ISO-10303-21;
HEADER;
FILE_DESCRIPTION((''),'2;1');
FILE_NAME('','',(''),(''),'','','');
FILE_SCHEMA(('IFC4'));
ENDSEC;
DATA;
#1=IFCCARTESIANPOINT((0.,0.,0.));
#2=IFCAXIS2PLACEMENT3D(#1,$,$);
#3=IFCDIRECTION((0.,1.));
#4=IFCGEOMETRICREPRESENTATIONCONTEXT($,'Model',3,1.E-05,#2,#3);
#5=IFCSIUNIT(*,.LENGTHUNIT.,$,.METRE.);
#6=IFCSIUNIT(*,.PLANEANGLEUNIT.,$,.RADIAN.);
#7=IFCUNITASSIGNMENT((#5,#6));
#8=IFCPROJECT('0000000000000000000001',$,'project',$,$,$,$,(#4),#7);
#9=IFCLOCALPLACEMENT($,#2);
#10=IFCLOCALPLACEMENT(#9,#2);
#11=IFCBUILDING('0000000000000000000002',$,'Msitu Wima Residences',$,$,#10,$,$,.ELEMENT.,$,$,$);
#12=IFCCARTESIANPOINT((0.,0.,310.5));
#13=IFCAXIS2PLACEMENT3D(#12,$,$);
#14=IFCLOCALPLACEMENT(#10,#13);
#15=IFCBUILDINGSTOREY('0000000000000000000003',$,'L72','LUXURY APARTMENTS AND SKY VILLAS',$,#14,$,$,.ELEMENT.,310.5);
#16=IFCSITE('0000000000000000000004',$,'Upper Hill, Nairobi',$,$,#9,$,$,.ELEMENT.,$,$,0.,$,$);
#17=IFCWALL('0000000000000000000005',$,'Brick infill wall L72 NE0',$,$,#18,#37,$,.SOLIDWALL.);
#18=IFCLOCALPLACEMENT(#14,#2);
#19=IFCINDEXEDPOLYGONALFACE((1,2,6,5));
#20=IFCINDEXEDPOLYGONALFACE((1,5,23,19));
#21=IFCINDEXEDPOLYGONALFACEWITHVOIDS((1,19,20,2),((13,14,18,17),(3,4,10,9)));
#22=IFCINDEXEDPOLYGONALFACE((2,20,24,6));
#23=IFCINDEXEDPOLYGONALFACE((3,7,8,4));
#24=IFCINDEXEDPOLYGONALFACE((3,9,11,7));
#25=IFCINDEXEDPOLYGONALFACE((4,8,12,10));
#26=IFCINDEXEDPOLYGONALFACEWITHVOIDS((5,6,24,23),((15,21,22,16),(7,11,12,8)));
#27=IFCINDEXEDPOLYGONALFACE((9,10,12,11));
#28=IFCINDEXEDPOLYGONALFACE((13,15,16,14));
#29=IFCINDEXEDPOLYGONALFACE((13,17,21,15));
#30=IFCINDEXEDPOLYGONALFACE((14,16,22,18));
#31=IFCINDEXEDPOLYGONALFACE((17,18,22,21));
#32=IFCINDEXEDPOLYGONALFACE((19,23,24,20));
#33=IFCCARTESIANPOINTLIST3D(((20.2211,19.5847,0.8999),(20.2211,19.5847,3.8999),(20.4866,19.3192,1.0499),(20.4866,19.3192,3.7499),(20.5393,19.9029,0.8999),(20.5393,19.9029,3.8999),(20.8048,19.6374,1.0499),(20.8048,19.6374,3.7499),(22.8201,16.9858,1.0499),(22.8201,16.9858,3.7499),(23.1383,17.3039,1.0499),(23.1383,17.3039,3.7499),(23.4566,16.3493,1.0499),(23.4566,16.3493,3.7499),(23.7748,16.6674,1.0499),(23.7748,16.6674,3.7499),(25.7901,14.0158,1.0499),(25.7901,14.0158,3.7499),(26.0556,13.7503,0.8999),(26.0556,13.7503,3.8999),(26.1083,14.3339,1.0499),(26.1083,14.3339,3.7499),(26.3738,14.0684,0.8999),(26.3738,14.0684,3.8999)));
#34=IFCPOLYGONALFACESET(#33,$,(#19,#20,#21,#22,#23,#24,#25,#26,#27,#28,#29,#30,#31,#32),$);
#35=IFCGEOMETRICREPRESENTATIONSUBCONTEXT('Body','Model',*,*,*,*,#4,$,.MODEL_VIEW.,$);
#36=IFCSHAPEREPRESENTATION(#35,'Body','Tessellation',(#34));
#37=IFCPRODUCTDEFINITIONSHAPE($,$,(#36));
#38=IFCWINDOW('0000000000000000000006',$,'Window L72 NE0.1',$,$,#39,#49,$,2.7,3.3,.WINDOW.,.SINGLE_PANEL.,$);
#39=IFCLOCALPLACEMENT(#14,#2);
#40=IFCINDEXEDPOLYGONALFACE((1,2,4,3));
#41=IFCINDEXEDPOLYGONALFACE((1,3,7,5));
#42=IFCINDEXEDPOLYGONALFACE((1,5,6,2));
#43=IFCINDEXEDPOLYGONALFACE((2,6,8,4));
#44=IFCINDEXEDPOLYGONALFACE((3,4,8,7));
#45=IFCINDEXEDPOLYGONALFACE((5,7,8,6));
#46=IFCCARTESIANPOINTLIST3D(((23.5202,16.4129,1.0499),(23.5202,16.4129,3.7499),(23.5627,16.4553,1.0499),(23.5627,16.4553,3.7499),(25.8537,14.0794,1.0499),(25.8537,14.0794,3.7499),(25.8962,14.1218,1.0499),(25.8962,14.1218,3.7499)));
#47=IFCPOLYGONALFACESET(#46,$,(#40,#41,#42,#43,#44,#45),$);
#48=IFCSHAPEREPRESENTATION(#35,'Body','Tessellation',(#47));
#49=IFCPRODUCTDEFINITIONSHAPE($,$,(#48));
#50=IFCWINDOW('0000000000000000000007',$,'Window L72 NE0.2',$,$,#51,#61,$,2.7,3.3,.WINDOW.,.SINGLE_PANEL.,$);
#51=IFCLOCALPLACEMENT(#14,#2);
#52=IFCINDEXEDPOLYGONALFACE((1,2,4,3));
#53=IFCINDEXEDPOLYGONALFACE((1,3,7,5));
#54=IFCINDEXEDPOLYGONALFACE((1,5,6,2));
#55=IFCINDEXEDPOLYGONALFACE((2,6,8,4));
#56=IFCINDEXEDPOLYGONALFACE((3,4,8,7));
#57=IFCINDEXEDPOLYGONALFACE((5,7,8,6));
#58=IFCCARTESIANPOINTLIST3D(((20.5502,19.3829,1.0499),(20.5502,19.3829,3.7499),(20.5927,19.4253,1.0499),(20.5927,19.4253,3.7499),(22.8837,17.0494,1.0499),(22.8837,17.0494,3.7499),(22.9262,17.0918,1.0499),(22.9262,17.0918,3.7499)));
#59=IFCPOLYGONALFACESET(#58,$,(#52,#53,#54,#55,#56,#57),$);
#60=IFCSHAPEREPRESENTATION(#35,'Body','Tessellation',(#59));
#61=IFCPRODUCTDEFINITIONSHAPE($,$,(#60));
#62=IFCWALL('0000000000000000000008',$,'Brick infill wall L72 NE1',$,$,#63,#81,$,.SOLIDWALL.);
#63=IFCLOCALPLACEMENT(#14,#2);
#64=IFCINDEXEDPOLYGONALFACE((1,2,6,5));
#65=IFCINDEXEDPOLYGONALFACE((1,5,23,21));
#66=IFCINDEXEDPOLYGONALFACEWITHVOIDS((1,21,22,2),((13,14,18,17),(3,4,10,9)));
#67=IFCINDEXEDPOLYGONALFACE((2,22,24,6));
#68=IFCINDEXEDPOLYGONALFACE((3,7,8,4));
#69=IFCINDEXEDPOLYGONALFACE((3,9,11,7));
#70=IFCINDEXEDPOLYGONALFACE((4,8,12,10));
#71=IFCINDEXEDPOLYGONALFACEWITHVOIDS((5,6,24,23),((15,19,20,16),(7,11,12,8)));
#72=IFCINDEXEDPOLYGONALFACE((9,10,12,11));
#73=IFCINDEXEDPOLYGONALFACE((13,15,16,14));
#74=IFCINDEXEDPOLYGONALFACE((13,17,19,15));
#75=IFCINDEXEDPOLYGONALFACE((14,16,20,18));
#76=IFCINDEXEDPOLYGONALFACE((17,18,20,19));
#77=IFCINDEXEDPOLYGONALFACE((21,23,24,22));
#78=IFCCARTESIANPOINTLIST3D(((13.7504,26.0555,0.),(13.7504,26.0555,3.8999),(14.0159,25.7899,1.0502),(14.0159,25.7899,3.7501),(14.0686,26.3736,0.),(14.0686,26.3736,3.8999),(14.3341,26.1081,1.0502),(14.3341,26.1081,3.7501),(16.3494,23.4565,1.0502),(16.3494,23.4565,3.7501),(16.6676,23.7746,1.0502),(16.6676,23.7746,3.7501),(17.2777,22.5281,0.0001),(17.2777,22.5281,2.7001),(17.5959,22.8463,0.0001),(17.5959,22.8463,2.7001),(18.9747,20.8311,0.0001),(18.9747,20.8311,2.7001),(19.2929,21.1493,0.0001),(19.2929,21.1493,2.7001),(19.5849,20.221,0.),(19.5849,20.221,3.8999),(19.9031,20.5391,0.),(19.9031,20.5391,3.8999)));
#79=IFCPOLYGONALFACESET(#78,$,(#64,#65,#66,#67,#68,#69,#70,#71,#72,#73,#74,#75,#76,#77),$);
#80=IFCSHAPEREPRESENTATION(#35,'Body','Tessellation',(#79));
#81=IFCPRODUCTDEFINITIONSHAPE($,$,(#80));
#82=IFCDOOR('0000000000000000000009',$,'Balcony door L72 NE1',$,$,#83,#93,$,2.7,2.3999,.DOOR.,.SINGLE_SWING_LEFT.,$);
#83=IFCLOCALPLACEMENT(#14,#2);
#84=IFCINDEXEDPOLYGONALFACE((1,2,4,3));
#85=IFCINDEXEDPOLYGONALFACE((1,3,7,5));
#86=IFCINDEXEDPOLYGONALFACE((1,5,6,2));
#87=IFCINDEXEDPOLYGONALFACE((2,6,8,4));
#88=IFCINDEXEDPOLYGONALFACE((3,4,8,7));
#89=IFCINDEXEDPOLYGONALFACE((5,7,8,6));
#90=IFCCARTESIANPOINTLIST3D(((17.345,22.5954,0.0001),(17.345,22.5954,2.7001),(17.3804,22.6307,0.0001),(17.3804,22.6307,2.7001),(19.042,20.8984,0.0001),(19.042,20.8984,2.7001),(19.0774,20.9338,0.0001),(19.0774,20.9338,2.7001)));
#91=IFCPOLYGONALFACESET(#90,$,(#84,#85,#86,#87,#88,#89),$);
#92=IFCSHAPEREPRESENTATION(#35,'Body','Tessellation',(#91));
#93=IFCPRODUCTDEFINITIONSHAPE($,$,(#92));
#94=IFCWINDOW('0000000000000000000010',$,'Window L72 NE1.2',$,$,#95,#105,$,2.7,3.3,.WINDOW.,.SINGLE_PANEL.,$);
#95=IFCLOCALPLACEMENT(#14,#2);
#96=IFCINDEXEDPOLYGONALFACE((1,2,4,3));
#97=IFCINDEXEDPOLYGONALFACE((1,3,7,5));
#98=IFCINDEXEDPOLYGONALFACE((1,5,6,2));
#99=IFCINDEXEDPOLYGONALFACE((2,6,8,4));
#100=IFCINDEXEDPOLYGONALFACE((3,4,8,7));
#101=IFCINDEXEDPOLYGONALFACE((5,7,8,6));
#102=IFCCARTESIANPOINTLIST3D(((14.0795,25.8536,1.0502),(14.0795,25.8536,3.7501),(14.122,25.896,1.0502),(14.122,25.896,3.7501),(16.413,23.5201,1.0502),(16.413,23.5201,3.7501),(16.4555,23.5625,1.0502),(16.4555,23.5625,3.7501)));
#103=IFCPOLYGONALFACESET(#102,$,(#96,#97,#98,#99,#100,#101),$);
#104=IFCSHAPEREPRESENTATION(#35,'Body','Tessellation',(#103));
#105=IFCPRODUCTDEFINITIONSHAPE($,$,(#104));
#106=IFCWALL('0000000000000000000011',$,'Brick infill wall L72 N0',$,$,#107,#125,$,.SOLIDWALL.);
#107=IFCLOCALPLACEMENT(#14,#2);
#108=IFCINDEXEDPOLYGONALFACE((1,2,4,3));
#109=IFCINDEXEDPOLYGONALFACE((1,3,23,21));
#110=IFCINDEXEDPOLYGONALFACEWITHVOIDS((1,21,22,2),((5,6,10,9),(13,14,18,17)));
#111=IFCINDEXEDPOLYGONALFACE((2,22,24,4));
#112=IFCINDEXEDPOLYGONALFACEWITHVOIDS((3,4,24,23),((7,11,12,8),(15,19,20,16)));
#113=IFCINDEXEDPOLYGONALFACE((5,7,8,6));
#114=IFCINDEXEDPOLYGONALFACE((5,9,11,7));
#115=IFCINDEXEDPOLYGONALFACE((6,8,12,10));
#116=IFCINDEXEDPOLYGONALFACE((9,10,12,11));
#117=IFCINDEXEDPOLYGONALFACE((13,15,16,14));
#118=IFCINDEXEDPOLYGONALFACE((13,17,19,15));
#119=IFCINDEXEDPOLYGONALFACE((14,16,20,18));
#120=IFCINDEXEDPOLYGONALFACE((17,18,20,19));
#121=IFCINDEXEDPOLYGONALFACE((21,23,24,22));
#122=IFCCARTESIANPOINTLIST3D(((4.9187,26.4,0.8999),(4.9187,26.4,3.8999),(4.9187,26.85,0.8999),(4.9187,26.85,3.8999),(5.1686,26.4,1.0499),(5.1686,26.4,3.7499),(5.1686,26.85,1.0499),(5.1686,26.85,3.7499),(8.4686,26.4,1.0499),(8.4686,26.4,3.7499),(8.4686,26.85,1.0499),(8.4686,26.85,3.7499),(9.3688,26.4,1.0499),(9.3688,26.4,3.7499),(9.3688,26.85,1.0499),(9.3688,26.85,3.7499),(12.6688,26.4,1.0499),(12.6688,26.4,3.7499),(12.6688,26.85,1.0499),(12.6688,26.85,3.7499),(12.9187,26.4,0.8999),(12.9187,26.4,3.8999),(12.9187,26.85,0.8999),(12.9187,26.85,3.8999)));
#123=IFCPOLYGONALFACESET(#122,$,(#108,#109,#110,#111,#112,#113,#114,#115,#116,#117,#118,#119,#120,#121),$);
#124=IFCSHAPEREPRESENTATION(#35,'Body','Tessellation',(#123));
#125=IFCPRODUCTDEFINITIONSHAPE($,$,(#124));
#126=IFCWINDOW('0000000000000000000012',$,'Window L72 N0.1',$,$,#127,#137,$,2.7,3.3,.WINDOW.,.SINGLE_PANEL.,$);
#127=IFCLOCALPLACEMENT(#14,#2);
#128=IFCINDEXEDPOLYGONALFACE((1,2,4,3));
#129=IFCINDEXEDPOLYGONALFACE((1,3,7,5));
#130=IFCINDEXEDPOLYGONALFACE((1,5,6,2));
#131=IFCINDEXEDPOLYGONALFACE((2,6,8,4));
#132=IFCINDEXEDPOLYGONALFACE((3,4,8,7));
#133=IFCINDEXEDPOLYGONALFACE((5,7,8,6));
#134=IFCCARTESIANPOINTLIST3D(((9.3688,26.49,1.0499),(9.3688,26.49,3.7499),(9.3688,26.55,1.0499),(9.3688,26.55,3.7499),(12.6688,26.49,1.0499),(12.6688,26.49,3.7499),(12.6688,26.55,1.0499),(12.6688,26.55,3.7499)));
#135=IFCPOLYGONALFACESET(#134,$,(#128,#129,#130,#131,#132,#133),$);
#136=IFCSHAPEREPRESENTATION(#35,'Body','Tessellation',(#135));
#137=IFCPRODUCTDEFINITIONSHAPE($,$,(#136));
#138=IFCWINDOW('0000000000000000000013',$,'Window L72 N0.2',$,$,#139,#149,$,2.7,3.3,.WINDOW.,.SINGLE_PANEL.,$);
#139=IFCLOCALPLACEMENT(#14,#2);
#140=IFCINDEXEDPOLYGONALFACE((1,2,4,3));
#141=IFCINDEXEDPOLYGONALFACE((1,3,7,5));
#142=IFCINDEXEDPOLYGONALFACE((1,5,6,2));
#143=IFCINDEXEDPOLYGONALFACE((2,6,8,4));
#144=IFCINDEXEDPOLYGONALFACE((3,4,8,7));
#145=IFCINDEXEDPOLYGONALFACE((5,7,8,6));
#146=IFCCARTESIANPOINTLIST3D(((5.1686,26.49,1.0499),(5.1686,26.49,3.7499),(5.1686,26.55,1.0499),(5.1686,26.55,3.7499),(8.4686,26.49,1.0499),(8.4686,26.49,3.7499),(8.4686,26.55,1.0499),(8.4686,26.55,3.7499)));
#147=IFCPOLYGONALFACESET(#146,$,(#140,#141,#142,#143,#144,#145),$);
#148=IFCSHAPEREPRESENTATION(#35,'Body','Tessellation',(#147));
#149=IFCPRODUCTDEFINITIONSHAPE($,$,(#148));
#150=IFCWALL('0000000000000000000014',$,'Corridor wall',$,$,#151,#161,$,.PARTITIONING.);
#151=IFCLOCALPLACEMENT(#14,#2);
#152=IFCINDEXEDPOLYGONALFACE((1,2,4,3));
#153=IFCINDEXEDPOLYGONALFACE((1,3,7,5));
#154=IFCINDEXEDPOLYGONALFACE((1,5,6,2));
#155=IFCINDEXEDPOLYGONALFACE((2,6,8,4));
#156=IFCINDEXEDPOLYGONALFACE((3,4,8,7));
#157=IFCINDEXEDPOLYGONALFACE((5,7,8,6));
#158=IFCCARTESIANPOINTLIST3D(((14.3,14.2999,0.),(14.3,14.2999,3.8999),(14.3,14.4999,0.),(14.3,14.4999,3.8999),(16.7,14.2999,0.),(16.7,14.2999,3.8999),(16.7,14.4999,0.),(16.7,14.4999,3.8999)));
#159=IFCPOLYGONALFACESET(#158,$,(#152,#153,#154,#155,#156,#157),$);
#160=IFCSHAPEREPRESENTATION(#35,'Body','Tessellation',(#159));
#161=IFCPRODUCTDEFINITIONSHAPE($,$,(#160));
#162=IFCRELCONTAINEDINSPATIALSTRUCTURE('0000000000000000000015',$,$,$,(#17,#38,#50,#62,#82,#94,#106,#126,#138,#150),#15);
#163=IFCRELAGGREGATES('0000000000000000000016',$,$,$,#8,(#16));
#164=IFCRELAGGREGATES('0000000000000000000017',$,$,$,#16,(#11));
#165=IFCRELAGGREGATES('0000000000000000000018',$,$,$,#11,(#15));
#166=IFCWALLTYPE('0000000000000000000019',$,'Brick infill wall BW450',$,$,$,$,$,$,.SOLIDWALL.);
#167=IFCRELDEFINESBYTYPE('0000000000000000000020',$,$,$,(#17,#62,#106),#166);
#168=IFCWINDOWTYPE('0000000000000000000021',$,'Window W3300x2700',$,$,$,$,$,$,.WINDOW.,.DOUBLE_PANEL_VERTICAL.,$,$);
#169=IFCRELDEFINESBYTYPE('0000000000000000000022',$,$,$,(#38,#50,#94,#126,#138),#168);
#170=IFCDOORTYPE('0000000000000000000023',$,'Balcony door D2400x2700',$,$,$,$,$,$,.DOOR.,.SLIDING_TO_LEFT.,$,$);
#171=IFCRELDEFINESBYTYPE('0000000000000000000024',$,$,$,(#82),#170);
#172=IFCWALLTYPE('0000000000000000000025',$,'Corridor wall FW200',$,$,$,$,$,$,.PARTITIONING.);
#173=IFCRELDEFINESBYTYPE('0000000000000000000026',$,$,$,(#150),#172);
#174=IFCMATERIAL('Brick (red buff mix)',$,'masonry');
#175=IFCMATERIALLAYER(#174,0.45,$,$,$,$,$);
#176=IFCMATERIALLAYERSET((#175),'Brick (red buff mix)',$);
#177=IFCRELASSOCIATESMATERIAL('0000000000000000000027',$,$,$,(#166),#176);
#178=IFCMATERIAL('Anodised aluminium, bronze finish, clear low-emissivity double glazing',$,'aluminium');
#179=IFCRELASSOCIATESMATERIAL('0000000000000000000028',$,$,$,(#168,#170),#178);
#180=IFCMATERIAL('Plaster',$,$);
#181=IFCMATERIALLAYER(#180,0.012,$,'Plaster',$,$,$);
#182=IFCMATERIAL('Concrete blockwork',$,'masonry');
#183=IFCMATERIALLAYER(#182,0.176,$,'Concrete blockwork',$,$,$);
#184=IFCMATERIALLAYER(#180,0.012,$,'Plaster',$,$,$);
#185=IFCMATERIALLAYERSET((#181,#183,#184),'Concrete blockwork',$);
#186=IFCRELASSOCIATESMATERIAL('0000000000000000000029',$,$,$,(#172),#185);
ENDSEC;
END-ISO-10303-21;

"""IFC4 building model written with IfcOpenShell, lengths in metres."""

from ifc_helpers import new_model, si_unit, direction, frame, frame_2d, origin, place, context, subcontext, project, spatial, rectangle, extrude, material, layer, layer_set, type_object, element, fill, save


model = new_model("IFC4")

# Units and contexts
model_context = context("Model", 3, precision=1e-05, world=origin(), true_north=direction((0.0, 1.0)))
body_context = subcontext(model_context, "Body", "Model", "MODEL_VIEW")
ifc_project = project(units=[si_unit("LENGTHUNIT", "METRE"), si_unit("PLANEANGLEUNIT", "RADIAN")], contexts=[model_context])

# Site, building, storey
site_placement = place(None, origin())
site = spatial("IfcSite", under=ifc_project, at=site_placement, Name="Upper Hill, Nairobi", CompositionType="ELEMENT", RefElevation=0.0)
building_placement = place(site_placement, origin())
building = spatial("IfcBuilding", under=site, at=building_placement, Name="Msitu Wima Residences", CompositionType="ELEMENT")
storey_placement = place(building_placement, frame((0.0, 0.0, 310.5)))
storey = spatial("IfcBuildingStorey", under=building, at=storey_placement, Name="L72", Description="LUXURY APARTMENTS AND SKY VILLAS", CompositionType="ELEMENT", Elevation=310.5)

# Wall, openings, windows
ifc_material_1 = material(Name="Brick (red buff mix)", Category="masonry")
ifc_layer_1 = layer(ifc_material_1, 0.45)
ifc_layer_set_1 = layer_set([ifc_layer_1], Name="Brick (red buff mix)")
wall_type_1 = type_object("IfcWallType", Name="Brick infill wall BW450", PredefinedType="SOLIDWALL", material=ifc_layer_set_1)
wall_1_placement = place(storey_placement, frame((26.2146, 13.9094, 0.8999), z_axis=(0.0, 0.0, 1.0), x_axis=(-0.707107, 0.707107, 0.0)))
wall_1 = element("IfcWall", 1, at=wall_1_placement, inside=storey, type_object=wall_type_1, Name="Brick infill wall L72 NE0", PredefinedType="SOLIDWALL", context=body_context, shape_type="SweptSolid", body=[
    extrude(rectangle(XDim=8.2512, YDim=0.45, at=frame_2d((4.1255, 0.0))), origin(), (0.0, 0.0, 1.0), 3.0),
])
opening_1_placement = place(wall_1_placement, frame((0.3755, 0.0, 0.1499)))
opening_1 = element("IfcOpeningElement", 2, at=opening_1_placement, cuts=wall_1, PredefinedType="OPENING", context=body_context, shape_type="SweptSolid", body=[
    extrude(rectangle(XDim=3.3, YDim=2.7, at=frame_2d((1.6499, 1.3501))), frame((0.0, 0.2349, 0.0), z_axis=(0.0, -1.0, 0.0), x_axis=(1.0, 0.0, 0.0)), (0.0, 0.0, 1.0), 0.47),
])
opening_2_placement = place(wall_1_placement, frame((4.5757, 0.0, 0.1499)))
opening_2 = element("IfcOpeningElement", 3, at=opening_2_placement, cuts=wall_1, PredefinedType="OPENING", context=body_context, shape_type="SweptSolid", body=[
    extrude(rectangle(XDim=3.3, YDim=2.7, at=frame_2d((1.6499, 1.3501))), frame((0.0, 0.2349, 0.0), z_axis=(0.0, -1.0, 0.0), x_axis=(1.0, 0.0, 0.0)), (0.0, 0.0, 1.0), 0.47),
])
ifc_material_2 = material(Name="Anodised aluminium, bronze finish, clear low-emissivity double glazing", Category="aluminium")
window_type = type_object("IfcWindowType", Name="Window W3300x2700", PartitioningType="DOUBLE_PANEL_VERTICAL", PredefinedType="WINDOW", material=ifc_material_2)
window_1_placement = place(opening_1_placement, origin())
window_1 = element("IfcWindow", 4, at=window_1_placement, inside=storey, type_object=window_type, Name="Window L72 NE0.1", OverallHeight=2.7, OverallWidth=3.3, PartitioningType="SINGLE_PANEL", PredefinedType="WINDOW", context=body_context, shape_type="SweptSolid", body=[
    extrude(rectangle(XDim=3.3, YDim=2.7, at=frame_2d((1.6499, 1.3501))), frame((0.0, 0.135, 0.0), z_axis=(0.0, -1.0, 0.0), x_axis=(1.0, 0.0, 0.0)), (0.0, 0.0, 1.0), 0.0601),
])
fill(opening_1, window_1)
window_2_placement = place(opening_2_placement, origin())
window_2 = element("IfcWindow", 5, at=window_2_placement, inside=storey, type_object=window_type, Name="Window L72 NE0.2", OverallHeight=2.7, OverallWidth=3.3, PartitioningType="SINGLE_PANEL", PredefinedType="WINDOW", context=body_context, shape_type="SweptSolid", body=[
    extrude(rectangle(XDim=3.3, YDim=2.7, at=frame_2d((1.6499, 1.3501))), frame((0.0, 0.135, 0.0), z_axis=(0.0, -1.0, 0.0), x_axis=(1.0, 0.0, 0.0)), (0.0, 0.0, 1.0), 0.0601),
])
fill(opening_2, window_2)

# Wall, openings, door, window
wall_2_placement = place(storey_placement, frame((19.7439, 20.3801, 0.0), z_axis=(0.0, 0.0, 1.0), x_axis=(-0.707107, 0.707107, 0.0)))
wall_2 = element("IfcWall", 6, at=wall_2_placement, inside=storey, type_object=wall_type_1, Name="Brick infill wall L72 NE1", PredefinedType="SOLIDWALL", context=body_context, shape_type="SweptSolid", body=[
    extrude(rectangle(XDim=8.2512, YDim=0.45, at=frame_2d((4.1255, 0.0))), origin(), (0.0, 0.0, 1.0), 3.8999),
])
opening_3_placement = place(wall_2_placement, frame((0.8628, 0.0, 0.0)))
opening_3 = element("IfcOpeningElement", 7, at=opening_3_placement, cuts=wall_2, PredefinedType="OPENING", context=body_context, shape_type="SweptSolid", body=[
    extrude(rectangle(XDim=2.3999, YDim=2.7, at=frame_2d((1.2, 1.3501))), frame((0.0, 0.2349, 0.0), z_axis=(0.0, -1.0, 0.0), x_axis=(1.0, 0.0, 0.0)), (0.0, 0.0, 1.0), 0.47),
])
opening_4_placement = place(wall_2_placement, frame((4.5757, 0.0, 1.05)))
opening_4 = element("IfcOpeningElement", 8, at=opening_4_placement, cuts=wall_2, PredefinedType="OPENING", context=body_context, shape_type="SweptSolid", body=[
    extrude(rectangle(XDim=3.3, YDim=2.7, at=frame_2d((1.6499, 1.3501))), frame((0.0, 0.2349, 0.0), z_axis=(0.0, -1.0, 0.0), x_axis=(1.0, 0.0, 0.0)), (0.0, 0.0, 1.0), 0.47),
])
door_type_1 = type_object("IfcDoorType", Name="Balcony door D2400x2700", OperationType="SLIDING_TO_LEFT", PredefinedType="DOOR", material=ifc_material_2)
door_1_placement = place(opening_3_placement, origin())
door_1 = element("IfcDoor", 9, at=door_1_placement, inside=storey, type_object=door_type_1, Name="Balcony door L72 NE1", OperationType="SINGLE_SWING_LEFT", OverallHeight=2.7, OverallWidth=2.3999, PredefinedType="DOOR", context=body_context, shape_type="SweptSolid", body=[
    extrude(rectangle(XDim=2.3999, YDim=2.7, at=frame_2d((1.2, 1.3501))), frame((0.0, 0.1299, 0.0), z_axis=(0.0, -1.0, 0.0), x_axis=(1.0, 0.0, 0.0)), (0.0, 0.0, 1.0), 0.05),
])
fill(opening_3, door_1)
window_3_placement = place(opening_4_placement, origin())
window_3 = element("IfcWindow", 10, at=window_3_placement, inside=storey, type_object=window_type, Name="Window L72 NE1.2", OverallHeight=2.7, OverallWidth=3.3, PartitioningType="SINGLE_PANEL", PredefinedType="WINDOW", context=body_context, shape_type="SweptSolid", body=[
    extrude(rectangle(XDim=3.3, YDim=2.7, at=frame_2d((1.6499, 1.3501))), frame((0.0, 0.135, 0.0), z_axis=(0.0, -1.0, 0.0), x_axis=(1.0, 0.0, 0.0)), (0.0, 0.0, 1.0), 0.0601),
])
fill(opening_4, window_3)

# Wall, openings, windows
wall_3_placement = place(storey_placement, frame((12.9187, 26.625, 0.8999), z_axis=(0.0, 0.0, 1.0), x_axis=(-1.0, 0.0, 0.0)))
wall_3 = element("IfcWall", 11, at=wall_3_placement, inside=storey, type_object=wall_type_1, Name="Brick infill wall L72 N0", PredefinedType="SOLIDWALL", context=body_context, shape_type="SweptSolid", body=[
    extrude(rectangle(XDim=8.0, YDim=0.45, at=frame_2d((4.0, 0.0))), origin(), (0.0, 0.0, 1.0), 3.0),
])
opening_5_placement = place(wall_3_placement, frame((0.25, 0.0, 0.1499)))
opening_5 = element("IfcOpeningElement", 12, at=opening_5_placement, cuts=wall_3, PredefinedType="OPENING", context=body_context, shape_type="SweptSolid", body=[
    extrude(rectangle(XDim=3.3, YDim=2.7, at=frame_2d((1.6499, 1.3501))), frame((0.0, 0.2349, 0.0), z_axis=(0.0, -1.0, 0.0), x_axis=(1.0, 0.0, 0.0)), (0.0, 0.0, 1.0), 0.47),
])
opening_6_placement = place(wall_3_placement, frame((4.4502, 0.0, 0.1499)))
opening_6 = element("IfcOpeningElement", 13, at=opening_6_placement, cuts=wall_3, PredefinedType="OPENING", context=body_context, shape_type="SweptSolid", body=[
    extrude(rectangle(XDim=3.3, YDim=2.7, at=frame_2d((1.6499, 1.3501))), frame((0.0, 0.2349, 0.0), z_axis=(0.0, -1.0, 0.0), x_axis=(1.0, 0.0, 0.0)), (0.0, 0.0, 1.0), 0.47),
])
window_4_placement = place(opening_5_placement, origin())
window_4 = element("IfcWindow", 14, at=window_4_placement, inside=storey, type_object=window_type, Name="Window L72 N0.1", OverallHeight=2.7, OverallWidth=3.3, PartitioningType="SINGLE_PANEL", PredefinedType="WINDOW", context=body_context, shape_type="SweptSolid", body=[
    extrude(rectangle(XDim=3.3, YDim=2.7, at=frame_2d((1.6499, 1.3501))), frame((0.0, 0.135, 0.0), z_axis=(0.0, -1.0, 0.0), x_axis=(1.0, 0.0, 0.0)), (0.0, 0.0, 1.0), 0.0601),
])
fill(opening_5, window_4)
window_5_placement = place(opening_6_placement, origin())
window_5 = element("IfcWindow", 15, at=window_5_placement, inside=storey, type_object=window_type, Name="Window L72 N0.2", OverallHeight=2.7, OverallWidth=3.3, PartitioningType="SINGLE_PANEL", PredefinedType="WINDOW", context=body_context, shape_type="SweptSolid", body=[
    extrude(rectangle(XDim=3.3, YDim=2.7, at=frame_2d((1.6499, 1.3501))), frame((0.0, 0.135, 0.0), z_axis=(0.0, -1.0, 0.0), x_axis=(1.0, 0.0, 0.0)), (0.0, 0.0, 1.0), 0.0601),
])
fill(opening_6, window_5)

# Wall
ifc_material_3 = material(Name="Plaster")
ifc_layer_2 = layer(ifc_material_3, 0.012, Name="Plaster")
ifc_material_4 = material(Name="Concrete blockwork", Category="masonry")
ifc_layer_3 = layer(ifc_material_4, 0.176, Name="Concrete blockwork")
ifc_layer_4 = layer(ifc_material_3, 0.012, Name="Plaster")
ifc_layer_set_2 = layer_set([ifc_layer_2, ifc_layer_3, ifc_layer_4], Name="Concrete blockwork")
wall_type_2 = type_object("IfcWallType", Name="Corridor wall FW200", PredefinedType="PARTITIONING", material=ifc_layer_set_2)
wall_4_placement = place(storey_placement, frame((14.3, 14.3999, 0.0), z_axis=(0.0, 0.0, 1.0), x_axis=(1.0, 0.0, 0.0)))
element("IfcWall", 16, at=wall_4_placement, inside=storey, type_object=wall_type_2, Name="Corridor wall", PredefinedType="PARTITIONING", context=body_context, shape_type="SweptSolid", body=[
    extrude(rectangle(XDim=2.3999, YDim=0.2, at=frame_2d((1.2, 0.0))), origin(), (0.0, 0.0, 1.0), 3.8999),
])

save(model, "model.ifc")
